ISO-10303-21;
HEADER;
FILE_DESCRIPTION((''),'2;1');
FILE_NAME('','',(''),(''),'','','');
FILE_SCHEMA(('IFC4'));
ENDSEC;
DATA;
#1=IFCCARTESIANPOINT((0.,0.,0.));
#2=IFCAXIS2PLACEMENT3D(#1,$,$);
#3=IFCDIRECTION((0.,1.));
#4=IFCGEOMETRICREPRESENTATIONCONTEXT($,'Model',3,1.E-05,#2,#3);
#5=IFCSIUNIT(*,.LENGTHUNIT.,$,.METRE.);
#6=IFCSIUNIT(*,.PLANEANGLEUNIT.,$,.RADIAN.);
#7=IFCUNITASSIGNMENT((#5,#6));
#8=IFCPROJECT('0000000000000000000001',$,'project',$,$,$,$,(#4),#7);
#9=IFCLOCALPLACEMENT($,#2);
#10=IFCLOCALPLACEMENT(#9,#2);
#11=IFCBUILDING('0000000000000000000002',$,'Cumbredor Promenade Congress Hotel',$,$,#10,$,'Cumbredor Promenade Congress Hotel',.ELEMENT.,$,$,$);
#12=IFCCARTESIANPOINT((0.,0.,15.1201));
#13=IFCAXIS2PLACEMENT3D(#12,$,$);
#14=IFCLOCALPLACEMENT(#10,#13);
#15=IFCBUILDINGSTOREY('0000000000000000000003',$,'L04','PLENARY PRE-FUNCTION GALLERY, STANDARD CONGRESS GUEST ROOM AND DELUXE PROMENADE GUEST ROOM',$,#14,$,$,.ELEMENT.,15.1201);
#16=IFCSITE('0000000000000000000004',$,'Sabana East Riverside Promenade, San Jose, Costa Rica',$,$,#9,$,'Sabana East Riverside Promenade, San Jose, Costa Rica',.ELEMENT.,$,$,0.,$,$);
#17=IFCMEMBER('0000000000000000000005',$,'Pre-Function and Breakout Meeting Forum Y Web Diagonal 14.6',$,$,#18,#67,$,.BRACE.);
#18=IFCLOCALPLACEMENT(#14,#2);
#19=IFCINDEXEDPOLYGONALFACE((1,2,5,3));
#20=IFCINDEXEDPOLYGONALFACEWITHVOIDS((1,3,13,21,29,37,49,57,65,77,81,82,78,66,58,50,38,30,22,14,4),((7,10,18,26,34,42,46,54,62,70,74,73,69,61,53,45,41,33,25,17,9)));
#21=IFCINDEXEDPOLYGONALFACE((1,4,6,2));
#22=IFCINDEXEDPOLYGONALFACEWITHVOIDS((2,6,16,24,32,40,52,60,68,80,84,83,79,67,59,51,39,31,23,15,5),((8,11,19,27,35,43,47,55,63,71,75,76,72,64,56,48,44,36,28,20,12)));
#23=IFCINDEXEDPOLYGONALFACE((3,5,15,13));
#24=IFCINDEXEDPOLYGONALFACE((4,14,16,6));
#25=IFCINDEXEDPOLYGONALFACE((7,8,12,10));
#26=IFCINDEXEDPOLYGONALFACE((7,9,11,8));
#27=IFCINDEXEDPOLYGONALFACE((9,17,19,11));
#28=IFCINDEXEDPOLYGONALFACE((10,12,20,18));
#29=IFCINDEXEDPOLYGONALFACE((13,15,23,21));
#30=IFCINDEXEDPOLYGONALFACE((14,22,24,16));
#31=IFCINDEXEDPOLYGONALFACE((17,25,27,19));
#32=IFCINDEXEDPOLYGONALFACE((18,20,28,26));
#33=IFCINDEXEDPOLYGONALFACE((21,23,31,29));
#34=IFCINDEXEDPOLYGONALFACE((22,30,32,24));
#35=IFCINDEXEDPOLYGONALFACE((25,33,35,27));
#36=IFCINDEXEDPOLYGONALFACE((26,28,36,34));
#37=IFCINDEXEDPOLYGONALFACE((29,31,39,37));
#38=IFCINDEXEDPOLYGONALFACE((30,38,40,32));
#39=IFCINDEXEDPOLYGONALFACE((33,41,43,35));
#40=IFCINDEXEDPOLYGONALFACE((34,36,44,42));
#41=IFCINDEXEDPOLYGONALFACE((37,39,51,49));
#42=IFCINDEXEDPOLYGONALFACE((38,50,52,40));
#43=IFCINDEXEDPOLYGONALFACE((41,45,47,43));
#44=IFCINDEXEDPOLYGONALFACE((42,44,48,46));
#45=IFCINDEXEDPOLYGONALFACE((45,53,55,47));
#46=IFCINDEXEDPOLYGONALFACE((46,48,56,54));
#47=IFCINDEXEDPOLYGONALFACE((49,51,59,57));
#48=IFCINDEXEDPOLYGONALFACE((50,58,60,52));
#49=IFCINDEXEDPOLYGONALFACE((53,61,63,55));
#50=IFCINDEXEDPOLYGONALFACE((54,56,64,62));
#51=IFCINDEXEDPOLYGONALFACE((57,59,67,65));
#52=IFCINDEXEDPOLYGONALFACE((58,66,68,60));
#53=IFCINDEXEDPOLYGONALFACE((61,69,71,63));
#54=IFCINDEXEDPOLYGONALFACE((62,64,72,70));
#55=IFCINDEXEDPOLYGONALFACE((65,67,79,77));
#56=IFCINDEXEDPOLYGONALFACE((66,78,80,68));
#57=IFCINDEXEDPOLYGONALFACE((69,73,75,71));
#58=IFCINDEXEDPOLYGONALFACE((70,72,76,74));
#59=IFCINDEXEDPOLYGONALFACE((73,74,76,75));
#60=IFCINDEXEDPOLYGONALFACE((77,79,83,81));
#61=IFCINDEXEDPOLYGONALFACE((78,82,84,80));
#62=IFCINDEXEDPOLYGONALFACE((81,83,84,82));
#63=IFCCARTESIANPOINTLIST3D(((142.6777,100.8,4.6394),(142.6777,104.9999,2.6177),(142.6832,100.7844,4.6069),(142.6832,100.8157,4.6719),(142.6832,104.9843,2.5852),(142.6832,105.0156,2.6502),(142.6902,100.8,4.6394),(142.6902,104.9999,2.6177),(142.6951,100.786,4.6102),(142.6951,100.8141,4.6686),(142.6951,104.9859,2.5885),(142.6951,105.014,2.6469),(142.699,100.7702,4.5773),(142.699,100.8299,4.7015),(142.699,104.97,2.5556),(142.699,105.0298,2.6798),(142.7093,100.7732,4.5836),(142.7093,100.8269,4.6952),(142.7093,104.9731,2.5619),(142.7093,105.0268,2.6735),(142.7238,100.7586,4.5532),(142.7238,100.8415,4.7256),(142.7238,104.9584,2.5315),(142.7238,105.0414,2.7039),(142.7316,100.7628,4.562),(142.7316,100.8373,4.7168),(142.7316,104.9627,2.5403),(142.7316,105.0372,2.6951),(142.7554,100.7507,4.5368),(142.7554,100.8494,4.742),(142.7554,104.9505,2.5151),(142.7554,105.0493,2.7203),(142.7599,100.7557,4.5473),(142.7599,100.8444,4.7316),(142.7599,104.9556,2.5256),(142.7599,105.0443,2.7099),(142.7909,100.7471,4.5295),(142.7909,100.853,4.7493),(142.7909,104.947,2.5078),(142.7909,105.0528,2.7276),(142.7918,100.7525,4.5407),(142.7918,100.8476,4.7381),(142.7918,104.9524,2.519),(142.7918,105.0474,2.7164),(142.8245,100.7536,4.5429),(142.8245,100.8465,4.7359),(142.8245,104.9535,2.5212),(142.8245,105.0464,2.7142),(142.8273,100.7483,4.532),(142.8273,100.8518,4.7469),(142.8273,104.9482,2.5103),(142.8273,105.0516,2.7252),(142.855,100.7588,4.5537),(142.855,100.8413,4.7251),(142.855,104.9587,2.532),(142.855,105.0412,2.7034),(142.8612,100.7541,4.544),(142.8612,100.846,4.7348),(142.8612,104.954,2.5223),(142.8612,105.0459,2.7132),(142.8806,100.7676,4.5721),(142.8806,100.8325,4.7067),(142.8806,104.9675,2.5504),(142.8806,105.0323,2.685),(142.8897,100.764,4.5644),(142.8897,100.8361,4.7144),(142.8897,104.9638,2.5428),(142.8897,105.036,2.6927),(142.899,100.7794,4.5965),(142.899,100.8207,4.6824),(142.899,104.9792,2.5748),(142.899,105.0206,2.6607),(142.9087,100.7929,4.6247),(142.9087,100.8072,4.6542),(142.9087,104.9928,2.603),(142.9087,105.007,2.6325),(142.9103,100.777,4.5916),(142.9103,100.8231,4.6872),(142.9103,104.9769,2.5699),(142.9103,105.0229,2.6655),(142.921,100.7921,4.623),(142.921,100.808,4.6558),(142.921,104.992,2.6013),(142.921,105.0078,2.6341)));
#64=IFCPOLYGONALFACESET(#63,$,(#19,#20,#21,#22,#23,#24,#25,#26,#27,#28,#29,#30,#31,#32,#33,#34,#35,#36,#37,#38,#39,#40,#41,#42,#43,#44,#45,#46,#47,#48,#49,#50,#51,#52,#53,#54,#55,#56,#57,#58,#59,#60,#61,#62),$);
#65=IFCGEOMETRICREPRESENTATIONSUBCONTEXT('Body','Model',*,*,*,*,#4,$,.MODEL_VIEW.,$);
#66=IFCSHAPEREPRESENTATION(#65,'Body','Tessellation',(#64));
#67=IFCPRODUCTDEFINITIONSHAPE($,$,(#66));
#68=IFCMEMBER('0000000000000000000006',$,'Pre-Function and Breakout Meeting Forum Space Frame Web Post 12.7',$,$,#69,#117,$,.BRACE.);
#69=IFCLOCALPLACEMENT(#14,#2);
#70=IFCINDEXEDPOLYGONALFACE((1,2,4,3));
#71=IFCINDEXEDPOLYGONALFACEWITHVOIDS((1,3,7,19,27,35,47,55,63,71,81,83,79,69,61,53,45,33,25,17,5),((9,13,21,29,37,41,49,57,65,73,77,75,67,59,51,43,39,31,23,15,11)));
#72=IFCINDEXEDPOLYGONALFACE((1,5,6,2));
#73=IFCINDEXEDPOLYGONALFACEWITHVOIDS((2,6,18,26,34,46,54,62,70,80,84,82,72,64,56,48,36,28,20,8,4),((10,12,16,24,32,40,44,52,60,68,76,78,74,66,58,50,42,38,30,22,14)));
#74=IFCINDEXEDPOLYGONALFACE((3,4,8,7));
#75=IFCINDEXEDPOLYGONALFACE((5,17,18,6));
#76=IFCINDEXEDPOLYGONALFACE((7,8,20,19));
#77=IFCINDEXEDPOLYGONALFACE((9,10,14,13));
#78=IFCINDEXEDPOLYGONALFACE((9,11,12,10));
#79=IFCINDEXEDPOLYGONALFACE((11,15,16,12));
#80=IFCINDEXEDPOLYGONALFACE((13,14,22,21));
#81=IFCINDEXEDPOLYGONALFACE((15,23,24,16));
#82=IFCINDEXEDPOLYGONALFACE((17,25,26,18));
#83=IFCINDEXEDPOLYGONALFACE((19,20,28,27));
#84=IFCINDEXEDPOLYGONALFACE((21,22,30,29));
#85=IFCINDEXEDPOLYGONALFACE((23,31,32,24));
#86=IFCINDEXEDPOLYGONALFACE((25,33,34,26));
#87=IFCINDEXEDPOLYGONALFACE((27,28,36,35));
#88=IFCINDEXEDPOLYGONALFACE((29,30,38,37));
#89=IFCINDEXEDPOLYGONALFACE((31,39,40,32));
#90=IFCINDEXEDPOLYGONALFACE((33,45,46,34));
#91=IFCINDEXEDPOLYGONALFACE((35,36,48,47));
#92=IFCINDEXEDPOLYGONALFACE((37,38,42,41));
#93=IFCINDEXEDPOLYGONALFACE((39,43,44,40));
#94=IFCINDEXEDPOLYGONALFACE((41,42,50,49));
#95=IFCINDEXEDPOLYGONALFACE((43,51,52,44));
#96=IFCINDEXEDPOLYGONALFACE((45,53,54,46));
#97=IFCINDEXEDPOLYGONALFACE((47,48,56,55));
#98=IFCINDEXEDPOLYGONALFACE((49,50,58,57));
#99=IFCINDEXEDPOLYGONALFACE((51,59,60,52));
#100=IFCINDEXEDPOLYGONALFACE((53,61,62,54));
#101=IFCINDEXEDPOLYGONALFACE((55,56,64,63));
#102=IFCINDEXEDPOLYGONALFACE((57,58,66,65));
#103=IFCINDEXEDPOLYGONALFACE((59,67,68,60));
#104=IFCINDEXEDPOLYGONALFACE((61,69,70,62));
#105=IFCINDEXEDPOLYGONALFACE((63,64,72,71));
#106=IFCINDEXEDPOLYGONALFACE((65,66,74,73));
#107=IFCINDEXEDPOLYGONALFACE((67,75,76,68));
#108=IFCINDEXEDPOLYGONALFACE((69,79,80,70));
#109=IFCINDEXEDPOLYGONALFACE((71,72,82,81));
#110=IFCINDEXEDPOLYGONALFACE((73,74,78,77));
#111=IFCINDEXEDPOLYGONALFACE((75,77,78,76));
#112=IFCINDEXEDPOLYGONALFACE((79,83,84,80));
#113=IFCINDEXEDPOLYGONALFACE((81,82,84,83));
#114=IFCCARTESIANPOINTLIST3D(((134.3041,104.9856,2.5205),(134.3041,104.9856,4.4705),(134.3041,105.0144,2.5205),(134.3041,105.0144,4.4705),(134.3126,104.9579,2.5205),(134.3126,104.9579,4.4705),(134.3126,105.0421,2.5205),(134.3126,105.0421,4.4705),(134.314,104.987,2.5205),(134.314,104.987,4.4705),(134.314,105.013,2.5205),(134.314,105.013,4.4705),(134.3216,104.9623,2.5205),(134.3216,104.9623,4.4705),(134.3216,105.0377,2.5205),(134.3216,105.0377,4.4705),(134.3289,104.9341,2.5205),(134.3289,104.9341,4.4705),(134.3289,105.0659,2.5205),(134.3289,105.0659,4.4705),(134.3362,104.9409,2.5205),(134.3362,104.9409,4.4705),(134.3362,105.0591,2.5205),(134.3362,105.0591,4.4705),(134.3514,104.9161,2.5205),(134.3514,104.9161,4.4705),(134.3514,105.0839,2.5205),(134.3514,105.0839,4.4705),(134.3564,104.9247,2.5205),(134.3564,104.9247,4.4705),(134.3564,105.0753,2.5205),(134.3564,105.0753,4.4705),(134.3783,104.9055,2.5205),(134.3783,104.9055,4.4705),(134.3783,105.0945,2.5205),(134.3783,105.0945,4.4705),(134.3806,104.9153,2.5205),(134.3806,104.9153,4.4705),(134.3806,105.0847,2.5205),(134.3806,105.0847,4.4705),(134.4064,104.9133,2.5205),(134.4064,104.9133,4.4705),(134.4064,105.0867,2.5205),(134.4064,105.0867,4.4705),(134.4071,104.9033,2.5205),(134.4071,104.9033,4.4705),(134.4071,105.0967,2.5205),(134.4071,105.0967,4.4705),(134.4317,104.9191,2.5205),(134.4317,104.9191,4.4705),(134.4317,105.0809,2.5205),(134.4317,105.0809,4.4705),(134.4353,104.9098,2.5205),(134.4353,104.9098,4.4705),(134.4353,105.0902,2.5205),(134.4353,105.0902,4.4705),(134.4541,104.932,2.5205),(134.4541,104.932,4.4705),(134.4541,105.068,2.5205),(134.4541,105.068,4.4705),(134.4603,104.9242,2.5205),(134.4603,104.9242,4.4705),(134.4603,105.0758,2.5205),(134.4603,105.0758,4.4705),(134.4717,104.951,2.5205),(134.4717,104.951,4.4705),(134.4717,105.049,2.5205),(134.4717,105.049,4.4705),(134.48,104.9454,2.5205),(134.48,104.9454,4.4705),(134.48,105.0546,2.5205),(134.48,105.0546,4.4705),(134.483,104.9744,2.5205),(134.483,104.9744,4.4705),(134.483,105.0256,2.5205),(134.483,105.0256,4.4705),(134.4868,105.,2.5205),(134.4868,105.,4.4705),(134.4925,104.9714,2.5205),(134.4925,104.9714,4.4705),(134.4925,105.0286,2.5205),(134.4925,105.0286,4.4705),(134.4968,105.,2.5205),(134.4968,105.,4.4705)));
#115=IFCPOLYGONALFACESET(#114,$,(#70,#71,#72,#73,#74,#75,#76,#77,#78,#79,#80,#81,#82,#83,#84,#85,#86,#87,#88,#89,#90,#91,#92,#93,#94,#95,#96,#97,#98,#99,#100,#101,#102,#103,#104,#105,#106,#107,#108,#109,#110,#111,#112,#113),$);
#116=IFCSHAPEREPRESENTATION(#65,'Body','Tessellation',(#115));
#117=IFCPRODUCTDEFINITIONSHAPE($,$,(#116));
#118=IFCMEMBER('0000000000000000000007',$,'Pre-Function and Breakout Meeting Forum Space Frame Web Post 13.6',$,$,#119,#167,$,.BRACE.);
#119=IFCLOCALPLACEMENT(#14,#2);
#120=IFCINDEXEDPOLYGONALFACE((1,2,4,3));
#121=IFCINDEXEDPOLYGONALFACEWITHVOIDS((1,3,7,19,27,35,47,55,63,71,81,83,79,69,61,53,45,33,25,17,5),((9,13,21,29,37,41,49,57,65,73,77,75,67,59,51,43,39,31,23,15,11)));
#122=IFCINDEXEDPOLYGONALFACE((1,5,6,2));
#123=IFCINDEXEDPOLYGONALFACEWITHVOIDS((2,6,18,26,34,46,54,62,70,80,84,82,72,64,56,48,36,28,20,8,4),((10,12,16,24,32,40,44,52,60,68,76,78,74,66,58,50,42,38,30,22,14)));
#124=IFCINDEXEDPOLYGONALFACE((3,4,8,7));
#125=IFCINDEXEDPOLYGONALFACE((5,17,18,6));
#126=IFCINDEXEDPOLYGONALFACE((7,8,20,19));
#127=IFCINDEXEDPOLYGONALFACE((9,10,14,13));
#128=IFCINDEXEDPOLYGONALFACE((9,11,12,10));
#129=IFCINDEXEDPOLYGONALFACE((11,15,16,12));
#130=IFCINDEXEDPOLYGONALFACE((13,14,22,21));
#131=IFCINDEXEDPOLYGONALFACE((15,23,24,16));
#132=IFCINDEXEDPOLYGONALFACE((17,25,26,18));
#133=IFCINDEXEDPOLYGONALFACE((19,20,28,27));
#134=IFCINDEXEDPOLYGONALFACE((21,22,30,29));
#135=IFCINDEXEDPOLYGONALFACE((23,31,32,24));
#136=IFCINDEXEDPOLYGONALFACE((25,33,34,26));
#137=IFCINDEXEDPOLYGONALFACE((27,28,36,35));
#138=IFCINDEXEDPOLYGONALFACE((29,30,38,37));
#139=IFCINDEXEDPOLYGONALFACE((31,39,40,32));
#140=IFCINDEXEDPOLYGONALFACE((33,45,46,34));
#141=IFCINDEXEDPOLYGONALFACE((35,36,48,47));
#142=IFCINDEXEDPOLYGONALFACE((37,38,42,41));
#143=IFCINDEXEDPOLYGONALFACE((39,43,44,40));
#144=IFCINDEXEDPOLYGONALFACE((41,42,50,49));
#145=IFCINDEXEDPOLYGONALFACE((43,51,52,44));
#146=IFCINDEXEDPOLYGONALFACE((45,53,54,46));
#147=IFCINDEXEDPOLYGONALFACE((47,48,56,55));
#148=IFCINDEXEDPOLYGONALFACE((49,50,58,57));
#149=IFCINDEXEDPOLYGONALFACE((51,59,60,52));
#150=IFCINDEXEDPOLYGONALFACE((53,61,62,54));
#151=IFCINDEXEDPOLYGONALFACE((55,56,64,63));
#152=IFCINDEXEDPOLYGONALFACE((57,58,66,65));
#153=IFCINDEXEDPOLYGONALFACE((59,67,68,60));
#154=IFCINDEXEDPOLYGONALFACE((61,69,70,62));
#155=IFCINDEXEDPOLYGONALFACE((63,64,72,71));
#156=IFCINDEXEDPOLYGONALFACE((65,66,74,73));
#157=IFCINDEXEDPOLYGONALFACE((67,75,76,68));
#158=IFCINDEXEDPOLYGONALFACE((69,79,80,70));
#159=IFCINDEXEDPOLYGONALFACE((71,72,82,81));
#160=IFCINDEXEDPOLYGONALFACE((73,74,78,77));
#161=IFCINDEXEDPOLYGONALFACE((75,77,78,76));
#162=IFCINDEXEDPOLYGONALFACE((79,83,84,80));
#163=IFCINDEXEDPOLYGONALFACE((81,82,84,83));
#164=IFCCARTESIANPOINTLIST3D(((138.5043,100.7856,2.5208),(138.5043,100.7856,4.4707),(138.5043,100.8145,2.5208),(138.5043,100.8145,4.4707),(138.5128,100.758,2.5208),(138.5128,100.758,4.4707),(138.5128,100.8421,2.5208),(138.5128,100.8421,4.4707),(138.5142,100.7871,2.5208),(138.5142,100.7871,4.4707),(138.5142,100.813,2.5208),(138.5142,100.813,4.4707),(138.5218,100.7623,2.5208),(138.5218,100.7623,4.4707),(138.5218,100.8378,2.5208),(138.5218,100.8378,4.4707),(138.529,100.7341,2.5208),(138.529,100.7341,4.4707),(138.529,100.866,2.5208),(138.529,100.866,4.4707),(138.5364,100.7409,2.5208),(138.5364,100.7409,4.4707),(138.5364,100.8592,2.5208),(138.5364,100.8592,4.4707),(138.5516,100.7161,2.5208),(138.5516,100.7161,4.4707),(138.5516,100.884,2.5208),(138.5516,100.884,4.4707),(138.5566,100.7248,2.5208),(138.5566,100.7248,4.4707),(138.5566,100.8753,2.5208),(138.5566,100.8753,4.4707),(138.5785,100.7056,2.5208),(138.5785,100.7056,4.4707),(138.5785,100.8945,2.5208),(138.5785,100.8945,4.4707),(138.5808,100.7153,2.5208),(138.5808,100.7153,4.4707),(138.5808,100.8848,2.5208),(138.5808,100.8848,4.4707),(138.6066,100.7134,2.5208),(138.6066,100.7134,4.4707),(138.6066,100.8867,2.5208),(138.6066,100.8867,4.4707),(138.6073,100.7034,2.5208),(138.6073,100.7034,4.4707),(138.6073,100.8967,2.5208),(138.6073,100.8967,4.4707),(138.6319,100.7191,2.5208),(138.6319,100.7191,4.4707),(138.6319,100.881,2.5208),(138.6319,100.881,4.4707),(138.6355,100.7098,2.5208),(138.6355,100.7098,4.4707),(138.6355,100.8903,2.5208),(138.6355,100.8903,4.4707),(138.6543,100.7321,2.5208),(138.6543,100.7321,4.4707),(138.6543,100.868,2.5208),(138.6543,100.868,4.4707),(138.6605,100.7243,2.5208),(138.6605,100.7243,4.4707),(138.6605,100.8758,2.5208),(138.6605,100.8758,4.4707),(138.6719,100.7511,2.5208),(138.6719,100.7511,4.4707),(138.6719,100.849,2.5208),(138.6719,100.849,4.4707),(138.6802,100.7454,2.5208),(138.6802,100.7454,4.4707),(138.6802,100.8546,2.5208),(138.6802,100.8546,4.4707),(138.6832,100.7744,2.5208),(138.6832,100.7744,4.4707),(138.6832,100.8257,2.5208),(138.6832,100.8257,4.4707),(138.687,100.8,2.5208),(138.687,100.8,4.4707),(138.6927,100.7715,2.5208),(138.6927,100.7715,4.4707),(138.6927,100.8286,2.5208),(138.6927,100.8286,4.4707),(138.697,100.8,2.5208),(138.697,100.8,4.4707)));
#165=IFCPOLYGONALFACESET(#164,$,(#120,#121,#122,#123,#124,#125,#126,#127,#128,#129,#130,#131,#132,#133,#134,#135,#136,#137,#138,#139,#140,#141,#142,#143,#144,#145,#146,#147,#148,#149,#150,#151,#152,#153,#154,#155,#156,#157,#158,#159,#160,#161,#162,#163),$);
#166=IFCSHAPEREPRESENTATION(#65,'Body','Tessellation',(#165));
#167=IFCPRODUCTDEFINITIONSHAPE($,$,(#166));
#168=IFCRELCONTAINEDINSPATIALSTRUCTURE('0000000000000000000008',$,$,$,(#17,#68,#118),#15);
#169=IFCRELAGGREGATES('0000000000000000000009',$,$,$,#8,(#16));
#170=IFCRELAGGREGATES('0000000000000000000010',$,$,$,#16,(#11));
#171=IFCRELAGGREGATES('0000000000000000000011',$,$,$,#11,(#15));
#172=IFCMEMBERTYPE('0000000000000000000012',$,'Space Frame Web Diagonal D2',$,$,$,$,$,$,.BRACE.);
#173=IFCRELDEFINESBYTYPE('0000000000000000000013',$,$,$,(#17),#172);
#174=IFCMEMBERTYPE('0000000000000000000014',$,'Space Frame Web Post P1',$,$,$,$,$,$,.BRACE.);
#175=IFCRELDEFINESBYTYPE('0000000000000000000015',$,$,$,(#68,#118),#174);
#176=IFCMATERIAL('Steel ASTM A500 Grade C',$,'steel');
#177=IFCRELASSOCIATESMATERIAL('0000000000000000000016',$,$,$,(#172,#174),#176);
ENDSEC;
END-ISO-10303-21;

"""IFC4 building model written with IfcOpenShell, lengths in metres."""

from ifc_helpers import new_model, si_unit, direction, frame, origin, origin_2d, place, context, subcontext, project, spatial, hollow_circle, extrude, material, material_profile, profile_set, type_object, element, save


model = new_model("IFC4")

# Units and contexts
model_context = context("Model", 3, precision=1e-05, world=origin(), true_north=direction((0.0, 1.0)))
body_context = subcontext(model_context, "Body", "Model", "MODEL_VIEW")
ifc_project = project(units=[si_unit("LENGTHUNIT", "METRE"), si_unit("PLANEANGLEUNIT", "RADIAN")], contexts=[model_context])

# Site, building, storey
site_placement = place(None, origin())
site = spatial("IfcSite", under=ifc_project, at=site_placement, Name="Sabana East Riverside Promenade, San Jose, Costa Rica", LongName="Sabana East Riverside Promenade, San Jose, Costa Rica", CompositionType="ELEMENT", RefElevation=0.0)
building_placement = place(site_placement, origin())
building = spatial("IfcBuilding", under=site, at=building_placement, Name="Cumbredor Promenade Congress Hotel", LongName="Cumbredor Promenade Congress Hotel", CompositionType="ELEMENT")
storey_placement = place(building_placement, frame((0.0, 0.0, 15.1201)))
storey = spatial("IfcBuildingStorey", under=building, at=storey_placement, Name="L04", Description="PLENARY PRE-FUNCTION GALLERY, STANDARD CONGRESS GUEST ROOM AND DELUXE PROMENADE GUEST ROOM", CompositionType="ELEMENT", Elevation=15.1201)

# Members
ifc_material_1 = material(Name="Steel ASTM A500 Grade C", Category="steel")
ifc_material_profile_1 = material_profile(ifc_material_1, hollow_circle(Radius=0.1223, WallThickness=0.0125, at=origin_2d()), Name="CHS 244.5x12.5")
ifc_profile_set_1 = profile_set([ifc_material_profile_1], Name="Steel ASTM A500 Grade C")
member_type_1 = type_object("IfcMemberType", Name="Space Frame Web Diagonal D2", PredefinedType="BRACE", material=ifc_profile_set_1)
member_1_placement = place(storey_placement, frame((142.8, 100.8, 4.6394), z_axis=(0.0, 0.901041, -0.433734), x_axis=(-1.0, 0.0, 0.0)))
element("IfcMember", 1, at=member_1_placement, inside=storey, type_object=member_type_1, Name="Pre-Function and Breakout Meeting Forum Y Web Diagonal 14.6", PredefinedType="BRACE", context=body_context, shape_type="SweptSolid", body=[
    extrude(hollow_circle(Radius=0.1223, WallThickness=0.0125, at=origin_2d()), origin(), (0.0, 0.0, 1.0), 4.6611),
])
ifc_material_profile_2 = material_profile(ifc_material_1, hollow_circle(Radius=0.0969, WallThickness=0.01, at=origin_2d()), Name="CHS 193.7x10")
ifc_profile_set_2 = profile_set([ifc_material_profile_2], Name="Steel ASTM A500 Grade C")
member_type_2 = type_object("IfcMemberType", Name="Space Frame Web Post P1", PredefinedType="BRACE", material=ifc_profile_set_2)
for number, where, z_axis, x_axis, name in (
    (2, (134.3999, 105.0, 2.5205), (0.0, 0.0, 1.0), (1.0, 0.0, 0.0), "Pre-Function and Breakout Meeting Forum Space Frame Web Post 12.7"),
    (3, (138.6001, 100.8, 2.5208), (0.0, 0.0, 1.0), (1.0, 0.0, 0.0), "Pre-Function and Breakout Meeting Forum Space Frame Web Post 13.6"),
):
    element("IfcMember", number, at=place(storey_placement, frame(where, z_axis=z_axis, x_axis=x_axis)), inside=storey, type_object=member_type_2, Name=name, PredefinedType="BRACE", context=body_context, shape_type="SweptSolid", body=[
        extrude(hollow_circle(Radius=0.0969, WallThickness=0.01, at=origin_2d()), origin(), (0.0, 0.0, 1.0), 1.95),
    ])

save(model, "model.ifc")
